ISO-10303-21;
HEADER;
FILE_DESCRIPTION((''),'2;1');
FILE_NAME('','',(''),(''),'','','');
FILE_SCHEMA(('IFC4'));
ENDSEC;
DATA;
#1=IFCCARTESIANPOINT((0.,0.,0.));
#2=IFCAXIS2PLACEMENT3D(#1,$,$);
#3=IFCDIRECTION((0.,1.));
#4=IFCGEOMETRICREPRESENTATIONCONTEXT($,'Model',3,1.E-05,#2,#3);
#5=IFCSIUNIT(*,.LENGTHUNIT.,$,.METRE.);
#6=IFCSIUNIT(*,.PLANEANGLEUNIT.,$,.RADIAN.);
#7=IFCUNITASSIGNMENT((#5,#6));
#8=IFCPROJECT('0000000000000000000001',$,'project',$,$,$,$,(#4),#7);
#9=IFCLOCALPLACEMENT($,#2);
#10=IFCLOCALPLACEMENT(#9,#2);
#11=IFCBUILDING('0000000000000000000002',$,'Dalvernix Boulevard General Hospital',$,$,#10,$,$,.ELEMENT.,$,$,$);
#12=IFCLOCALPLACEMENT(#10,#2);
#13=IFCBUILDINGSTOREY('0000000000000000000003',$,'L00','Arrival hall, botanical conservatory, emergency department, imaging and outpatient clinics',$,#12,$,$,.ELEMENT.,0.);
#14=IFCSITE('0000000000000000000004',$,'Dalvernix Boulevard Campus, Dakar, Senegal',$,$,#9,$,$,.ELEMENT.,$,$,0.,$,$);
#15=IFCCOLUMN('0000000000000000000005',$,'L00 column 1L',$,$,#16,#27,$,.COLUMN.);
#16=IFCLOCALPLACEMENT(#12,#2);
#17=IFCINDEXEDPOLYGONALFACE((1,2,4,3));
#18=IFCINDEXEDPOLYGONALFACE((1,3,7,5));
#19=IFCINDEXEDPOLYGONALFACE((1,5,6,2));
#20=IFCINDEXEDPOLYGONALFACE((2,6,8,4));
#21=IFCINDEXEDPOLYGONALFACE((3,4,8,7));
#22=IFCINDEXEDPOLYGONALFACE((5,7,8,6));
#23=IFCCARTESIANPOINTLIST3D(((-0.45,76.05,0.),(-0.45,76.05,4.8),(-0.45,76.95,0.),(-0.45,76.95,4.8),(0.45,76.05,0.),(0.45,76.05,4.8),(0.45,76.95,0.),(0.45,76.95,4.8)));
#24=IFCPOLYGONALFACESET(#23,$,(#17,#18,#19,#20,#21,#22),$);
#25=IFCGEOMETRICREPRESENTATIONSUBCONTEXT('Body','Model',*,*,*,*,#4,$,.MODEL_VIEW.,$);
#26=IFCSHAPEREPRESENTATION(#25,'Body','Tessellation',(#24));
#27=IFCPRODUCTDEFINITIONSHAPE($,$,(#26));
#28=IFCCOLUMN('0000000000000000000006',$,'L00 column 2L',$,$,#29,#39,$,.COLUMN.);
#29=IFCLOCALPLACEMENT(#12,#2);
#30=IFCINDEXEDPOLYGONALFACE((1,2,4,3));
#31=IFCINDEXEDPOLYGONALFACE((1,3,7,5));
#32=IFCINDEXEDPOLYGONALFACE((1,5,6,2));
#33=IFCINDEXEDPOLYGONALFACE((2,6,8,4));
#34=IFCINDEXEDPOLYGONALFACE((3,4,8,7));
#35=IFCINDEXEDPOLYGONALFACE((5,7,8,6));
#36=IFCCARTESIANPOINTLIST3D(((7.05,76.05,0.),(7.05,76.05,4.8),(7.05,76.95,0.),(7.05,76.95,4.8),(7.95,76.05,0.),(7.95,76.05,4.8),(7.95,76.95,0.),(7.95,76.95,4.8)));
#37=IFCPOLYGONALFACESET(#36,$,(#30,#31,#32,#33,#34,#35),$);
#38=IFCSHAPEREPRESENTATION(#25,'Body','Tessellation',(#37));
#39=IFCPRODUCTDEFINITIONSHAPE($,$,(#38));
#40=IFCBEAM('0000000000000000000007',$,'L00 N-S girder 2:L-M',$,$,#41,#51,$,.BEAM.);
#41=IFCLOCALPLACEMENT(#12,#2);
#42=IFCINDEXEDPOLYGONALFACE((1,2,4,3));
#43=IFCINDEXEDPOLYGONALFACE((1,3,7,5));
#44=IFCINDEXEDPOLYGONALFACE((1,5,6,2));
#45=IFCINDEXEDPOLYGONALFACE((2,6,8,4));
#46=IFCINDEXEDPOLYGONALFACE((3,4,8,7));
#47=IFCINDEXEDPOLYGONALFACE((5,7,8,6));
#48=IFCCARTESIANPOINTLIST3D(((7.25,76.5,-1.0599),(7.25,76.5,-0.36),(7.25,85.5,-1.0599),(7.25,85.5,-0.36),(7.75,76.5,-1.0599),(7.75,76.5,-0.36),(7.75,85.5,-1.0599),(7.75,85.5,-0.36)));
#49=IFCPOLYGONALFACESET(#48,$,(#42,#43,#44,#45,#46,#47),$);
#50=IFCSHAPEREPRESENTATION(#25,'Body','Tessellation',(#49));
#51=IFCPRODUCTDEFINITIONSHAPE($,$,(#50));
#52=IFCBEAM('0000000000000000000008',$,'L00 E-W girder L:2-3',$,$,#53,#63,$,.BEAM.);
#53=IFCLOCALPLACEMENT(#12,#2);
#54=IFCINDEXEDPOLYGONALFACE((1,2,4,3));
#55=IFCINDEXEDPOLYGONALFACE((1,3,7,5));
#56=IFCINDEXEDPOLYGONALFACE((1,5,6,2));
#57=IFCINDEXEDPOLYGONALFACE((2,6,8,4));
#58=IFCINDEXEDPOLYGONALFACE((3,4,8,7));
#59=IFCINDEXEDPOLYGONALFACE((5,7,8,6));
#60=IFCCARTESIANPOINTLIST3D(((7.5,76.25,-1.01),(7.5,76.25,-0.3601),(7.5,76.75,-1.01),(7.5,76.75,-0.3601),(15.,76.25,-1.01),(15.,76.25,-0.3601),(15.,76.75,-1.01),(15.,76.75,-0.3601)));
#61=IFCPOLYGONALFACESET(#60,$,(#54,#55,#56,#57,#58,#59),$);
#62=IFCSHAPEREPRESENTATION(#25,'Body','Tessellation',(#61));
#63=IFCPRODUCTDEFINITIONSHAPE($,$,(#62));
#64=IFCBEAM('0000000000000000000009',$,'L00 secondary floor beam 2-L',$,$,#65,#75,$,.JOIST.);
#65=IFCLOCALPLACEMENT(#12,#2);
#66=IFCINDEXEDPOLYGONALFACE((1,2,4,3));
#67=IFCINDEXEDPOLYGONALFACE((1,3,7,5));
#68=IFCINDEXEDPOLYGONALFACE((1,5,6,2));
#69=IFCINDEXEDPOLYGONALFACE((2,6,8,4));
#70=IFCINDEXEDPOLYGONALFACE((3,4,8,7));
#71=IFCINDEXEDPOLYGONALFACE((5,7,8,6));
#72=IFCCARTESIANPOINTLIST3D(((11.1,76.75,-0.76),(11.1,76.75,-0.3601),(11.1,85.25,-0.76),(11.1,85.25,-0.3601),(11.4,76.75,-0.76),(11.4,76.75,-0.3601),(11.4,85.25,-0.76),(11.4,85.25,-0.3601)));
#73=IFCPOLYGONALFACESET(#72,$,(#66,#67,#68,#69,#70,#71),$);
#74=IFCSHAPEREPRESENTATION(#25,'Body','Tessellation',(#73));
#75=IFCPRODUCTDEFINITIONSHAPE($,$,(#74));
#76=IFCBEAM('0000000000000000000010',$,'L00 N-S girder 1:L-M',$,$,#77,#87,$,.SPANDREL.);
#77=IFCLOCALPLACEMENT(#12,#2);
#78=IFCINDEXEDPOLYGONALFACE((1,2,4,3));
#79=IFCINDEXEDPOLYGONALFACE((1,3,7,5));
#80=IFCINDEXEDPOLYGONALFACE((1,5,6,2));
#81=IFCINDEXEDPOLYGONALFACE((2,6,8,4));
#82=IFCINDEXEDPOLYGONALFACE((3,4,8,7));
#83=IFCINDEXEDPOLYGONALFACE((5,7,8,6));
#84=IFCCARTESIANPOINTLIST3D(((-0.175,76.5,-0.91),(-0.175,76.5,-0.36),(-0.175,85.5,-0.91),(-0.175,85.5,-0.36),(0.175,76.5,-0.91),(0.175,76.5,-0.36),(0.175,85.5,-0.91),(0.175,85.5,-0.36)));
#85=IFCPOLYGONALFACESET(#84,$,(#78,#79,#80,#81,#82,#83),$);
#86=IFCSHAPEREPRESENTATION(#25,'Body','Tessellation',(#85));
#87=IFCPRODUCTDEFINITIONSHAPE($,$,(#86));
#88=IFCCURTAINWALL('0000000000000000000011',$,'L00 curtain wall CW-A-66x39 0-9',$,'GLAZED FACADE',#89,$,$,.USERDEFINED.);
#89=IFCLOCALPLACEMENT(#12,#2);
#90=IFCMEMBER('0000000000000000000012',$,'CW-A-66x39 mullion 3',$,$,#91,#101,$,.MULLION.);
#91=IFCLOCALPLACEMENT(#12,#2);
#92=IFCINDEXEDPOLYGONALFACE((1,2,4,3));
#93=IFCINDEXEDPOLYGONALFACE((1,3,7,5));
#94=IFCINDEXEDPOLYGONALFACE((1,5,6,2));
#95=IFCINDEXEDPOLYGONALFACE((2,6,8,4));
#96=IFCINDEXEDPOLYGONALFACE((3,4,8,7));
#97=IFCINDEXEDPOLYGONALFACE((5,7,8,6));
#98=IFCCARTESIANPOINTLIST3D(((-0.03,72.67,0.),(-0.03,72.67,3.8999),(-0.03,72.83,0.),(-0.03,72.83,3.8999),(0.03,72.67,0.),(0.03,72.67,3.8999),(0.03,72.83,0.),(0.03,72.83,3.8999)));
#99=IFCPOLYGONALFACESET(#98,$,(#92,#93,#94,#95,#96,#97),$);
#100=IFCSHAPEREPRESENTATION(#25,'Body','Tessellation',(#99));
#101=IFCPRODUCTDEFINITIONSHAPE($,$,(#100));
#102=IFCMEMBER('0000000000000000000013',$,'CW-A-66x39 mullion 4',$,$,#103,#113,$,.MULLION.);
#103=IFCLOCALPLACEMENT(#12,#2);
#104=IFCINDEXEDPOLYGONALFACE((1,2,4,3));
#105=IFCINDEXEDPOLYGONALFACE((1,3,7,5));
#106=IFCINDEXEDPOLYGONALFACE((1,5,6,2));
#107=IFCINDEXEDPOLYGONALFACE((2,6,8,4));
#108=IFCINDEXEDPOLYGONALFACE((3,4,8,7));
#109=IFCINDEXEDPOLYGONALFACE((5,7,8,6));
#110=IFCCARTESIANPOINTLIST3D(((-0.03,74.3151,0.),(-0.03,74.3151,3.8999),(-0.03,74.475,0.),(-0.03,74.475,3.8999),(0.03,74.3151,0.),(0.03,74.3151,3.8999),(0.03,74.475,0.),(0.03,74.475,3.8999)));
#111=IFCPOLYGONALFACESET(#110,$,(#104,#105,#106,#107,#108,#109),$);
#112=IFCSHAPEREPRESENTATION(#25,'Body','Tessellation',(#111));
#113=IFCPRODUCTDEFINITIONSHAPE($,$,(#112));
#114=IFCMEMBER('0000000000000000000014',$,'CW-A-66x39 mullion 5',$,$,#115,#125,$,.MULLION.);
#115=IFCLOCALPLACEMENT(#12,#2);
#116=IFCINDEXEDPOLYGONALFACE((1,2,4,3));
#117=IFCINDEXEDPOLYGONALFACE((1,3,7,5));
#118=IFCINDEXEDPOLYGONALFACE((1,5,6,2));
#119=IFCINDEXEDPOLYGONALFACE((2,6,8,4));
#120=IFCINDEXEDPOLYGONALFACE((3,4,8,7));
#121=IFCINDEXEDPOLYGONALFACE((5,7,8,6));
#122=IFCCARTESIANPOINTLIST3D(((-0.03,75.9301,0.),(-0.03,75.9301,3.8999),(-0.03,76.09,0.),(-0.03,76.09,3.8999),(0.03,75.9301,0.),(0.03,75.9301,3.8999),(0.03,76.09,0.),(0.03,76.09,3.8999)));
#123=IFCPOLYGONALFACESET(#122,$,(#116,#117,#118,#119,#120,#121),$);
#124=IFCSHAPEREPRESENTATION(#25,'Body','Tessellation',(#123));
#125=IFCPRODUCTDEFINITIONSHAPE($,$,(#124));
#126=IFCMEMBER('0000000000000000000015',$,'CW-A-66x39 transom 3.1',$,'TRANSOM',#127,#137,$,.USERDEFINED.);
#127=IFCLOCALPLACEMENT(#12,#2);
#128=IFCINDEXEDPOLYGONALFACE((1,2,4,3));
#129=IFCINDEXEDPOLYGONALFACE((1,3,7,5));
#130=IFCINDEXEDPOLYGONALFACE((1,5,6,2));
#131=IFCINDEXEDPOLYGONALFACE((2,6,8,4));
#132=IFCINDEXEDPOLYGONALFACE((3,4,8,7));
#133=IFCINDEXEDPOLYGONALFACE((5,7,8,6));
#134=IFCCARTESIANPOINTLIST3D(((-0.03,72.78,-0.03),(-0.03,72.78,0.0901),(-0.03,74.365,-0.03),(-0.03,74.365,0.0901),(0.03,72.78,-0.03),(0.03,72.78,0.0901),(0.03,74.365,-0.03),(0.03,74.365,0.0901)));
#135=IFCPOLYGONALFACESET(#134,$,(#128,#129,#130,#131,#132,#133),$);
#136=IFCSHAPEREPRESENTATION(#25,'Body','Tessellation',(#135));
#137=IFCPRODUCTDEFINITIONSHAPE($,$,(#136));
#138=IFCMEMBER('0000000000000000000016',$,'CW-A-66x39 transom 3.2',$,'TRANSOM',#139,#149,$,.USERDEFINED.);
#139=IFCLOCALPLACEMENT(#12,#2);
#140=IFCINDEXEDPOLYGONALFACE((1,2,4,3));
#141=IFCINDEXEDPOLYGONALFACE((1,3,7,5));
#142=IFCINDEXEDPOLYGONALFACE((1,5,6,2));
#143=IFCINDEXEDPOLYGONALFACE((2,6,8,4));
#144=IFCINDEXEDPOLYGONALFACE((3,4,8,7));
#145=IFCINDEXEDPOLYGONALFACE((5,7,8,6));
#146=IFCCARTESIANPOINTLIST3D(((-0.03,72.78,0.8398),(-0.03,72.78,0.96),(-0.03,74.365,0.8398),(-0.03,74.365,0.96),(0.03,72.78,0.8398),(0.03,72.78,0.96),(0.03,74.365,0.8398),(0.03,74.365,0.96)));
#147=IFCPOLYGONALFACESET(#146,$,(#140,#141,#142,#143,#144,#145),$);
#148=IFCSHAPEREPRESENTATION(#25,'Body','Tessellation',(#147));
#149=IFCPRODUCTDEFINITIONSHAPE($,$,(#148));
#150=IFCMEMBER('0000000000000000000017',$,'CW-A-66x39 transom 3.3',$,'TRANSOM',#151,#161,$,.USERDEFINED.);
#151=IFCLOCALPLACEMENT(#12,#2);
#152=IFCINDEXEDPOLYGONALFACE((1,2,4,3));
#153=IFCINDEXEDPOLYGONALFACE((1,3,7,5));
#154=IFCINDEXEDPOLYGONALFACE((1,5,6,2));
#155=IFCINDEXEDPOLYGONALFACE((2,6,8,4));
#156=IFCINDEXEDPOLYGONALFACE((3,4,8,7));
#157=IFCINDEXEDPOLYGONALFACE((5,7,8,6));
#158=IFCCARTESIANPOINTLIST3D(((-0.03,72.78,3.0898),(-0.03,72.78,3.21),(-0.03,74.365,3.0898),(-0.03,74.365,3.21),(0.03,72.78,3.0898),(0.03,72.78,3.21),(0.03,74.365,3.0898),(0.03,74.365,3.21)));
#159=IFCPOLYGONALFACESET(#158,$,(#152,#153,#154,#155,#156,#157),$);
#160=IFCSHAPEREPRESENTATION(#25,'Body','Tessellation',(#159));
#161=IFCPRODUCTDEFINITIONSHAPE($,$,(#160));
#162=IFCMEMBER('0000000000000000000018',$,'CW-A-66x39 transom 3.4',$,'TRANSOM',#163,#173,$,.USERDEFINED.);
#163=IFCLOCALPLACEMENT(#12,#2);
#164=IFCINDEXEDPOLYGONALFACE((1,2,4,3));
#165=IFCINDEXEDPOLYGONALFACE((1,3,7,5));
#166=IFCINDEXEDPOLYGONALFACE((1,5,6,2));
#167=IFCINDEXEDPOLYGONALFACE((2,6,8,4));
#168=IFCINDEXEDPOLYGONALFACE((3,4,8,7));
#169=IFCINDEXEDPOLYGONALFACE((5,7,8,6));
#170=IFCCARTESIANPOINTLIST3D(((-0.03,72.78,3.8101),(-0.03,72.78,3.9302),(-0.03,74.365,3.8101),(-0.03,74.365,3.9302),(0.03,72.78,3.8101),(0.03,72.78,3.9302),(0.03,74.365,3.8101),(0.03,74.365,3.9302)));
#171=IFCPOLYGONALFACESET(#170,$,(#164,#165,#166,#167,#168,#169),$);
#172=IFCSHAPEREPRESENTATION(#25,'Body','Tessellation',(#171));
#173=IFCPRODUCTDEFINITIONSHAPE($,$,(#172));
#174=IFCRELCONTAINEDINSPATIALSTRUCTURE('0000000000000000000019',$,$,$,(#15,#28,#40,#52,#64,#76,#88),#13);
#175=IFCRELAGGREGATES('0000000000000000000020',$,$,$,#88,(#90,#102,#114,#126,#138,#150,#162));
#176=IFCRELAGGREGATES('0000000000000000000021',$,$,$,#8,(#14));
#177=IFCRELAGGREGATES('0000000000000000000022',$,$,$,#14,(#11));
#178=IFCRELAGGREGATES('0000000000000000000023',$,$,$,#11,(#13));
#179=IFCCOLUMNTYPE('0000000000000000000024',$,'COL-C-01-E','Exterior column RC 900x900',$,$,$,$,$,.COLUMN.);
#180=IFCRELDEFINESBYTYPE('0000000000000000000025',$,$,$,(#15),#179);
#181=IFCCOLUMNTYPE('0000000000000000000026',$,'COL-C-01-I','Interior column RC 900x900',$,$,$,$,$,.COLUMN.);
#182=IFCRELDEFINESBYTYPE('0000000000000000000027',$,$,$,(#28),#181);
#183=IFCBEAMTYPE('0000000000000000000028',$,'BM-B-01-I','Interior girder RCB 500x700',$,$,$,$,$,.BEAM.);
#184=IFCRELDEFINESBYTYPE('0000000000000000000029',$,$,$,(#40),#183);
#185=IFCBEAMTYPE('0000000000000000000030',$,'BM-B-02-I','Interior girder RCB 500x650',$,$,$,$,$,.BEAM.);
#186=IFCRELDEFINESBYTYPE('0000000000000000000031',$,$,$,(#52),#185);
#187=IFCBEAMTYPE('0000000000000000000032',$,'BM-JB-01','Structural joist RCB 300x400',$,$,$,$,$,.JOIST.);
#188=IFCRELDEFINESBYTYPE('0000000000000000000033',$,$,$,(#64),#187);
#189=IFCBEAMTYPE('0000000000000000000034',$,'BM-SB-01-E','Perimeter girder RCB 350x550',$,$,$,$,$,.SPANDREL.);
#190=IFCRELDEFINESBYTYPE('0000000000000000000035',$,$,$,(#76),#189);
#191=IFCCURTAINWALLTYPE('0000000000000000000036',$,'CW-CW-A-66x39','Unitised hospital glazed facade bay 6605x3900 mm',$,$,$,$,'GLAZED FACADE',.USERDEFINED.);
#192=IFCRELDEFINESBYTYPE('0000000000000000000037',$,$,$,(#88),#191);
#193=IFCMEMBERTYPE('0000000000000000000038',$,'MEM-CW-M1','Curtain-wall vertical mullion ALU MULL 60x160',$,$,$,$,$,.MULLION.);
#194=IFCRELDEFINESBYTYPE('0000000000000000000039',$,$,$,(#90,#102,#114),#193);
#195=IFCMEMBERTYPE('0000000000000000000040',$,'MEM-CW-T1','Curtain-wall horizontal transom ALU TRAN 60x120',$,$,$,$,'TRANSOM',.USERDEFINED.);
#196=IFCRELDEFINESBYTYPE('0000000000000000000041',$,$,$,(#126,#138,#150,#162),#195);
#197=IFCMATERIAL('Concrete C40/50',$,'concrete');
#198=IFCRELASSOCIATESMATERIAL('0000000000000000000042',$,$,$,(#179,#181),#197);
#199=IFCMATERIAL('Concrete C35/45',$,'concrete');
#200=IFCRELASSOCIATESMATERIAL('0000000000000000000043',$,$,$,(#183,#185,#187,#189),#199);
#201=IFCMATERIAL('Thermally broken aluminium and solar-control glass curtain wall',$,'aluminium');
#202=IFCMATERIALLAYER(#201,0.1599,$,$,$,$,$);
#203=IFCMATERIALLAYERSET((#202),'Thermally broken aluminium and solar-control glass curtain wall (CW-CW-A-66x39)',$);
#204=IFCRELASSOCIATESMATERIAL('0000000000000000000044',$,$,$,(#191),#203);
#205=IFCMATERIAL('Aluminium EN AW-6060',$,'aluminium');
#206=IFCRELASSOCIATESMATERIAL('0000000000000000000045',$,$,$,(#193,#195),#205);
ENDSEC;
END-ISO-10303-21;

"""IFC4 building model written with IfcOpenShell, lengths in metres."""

from ifc_helpers import new_model, si_unit, direction, frame, origin, origin_2d, place, context, subcontext, project, spatial, rectangle, extrude, material, layer, layer_set, material_profile, profile_set, type_object, element, aggregate, save


model = new_model("IFC4")

# Units and contexts
model_context = context("Model", 3, precision=1e-05, world=origin(), true_north=direction((0.0, 1.0)))
body_context = subcontext(model_context, "Body", "Model", "MODEL_VIEW")
ifc_project = project(units=[si_unit("LENGTHUNIT", "METRE"), si_unit("PLANEANGLEUNIT", "RADIAN")], contexts=[model_context])

# Site, building, storey
site_placement = place(None, origin())
site = spatial("IfcSite", under=ifc_project, at=site_placement, Name="Dalvernix Boulevard Campus, Dakar, Senegal", CompositionType="ELEMENT", RefElevation=0.0)
building_placement = place(site_placement, origin())
building = spatial("IfcBuilding", under=site, at=building_placement, Name="Dalvernix Boulevard General Hospital", CompositionType="ELEMENT")
storey_placement = place(building_placement, origin())
storey = spatial("IfcBuildingStorey", under=building, at=storey_placement, Name="L00", Description="Arrival hall, botanical conservatory, emergency department, imaging and outpatient clinics", CompositionType="ELEMENT", Elevation=0.0)

# Columns
ifc_material_1 = material(Name="Concrete C40/50", Category="concrete")
ifc_material_profile_1 = material_profile(ifc_material_1, rectangle(XDim=0.8999, YDim=0.8999, at=origin_2d()), Name="RC 900x900")
ifc_profile_set_1 = profile_set([ifc_material_profile_1], Name="Concrete C40/50")
column_type_1 = type_object("IfcColumnType", Name="COL-C-01-E", Description="Exterior column RC 900x900", PredefinedType="COLUMN", material=ifc_profile_set_1)
column_1_placement = place(storey_placement, frame((0.0, 76.5, 0.0), z_axis=(0.0, 0.0, 1.0), x_axis=(1.0, 0.0, 0.0)))
element("IfcColumn", 1, at=column_1_placement, inside=storey, type_object=column_type_1, Name="L00 column 1L", PredefinedType="COLUMN", context=body_context, shape_type="SweptSolid", body=[
    extrude(rectangle(XDim=0.8999, YDim=0.8999, at=origin_2d()), origin(), (0.0, 0.0, 1.0), 4.8),
])
ifc_material_profile_2 = material_profile(ifc_material_1, rectangle(XDim=0.8999, YDim=0.8999, at=origin_2d()), Name="RC 900x900")
ifc_profile_set_2 = profile_set([ifc_material_profile_2], Name="Concrete C40/50")
column_type_2 = type_object("IfcColumnType", Name="COL-C-01-I", Description="Interior column RC 900x900", PredefinedType="COLUMN", material=ifc_profile_set_2)
column_2_placement = place(storey_placement, frame((7.5, 76.5, 0.0), z_axis=(0.0, 0.0, 1.0), x_axis=(1.0, 0.0, 0.0)))
element("IfcColumn", 2, at=column_2_placement, inside=storey, type_object=column_type_2, Name="L00 column 2L", PredefinedType="COLUMN", context=body_context, shape_type="SweptSolid", body=[
    extrude(rectangle(XDim=0.8999, YDim=0.8999, at=origin_2d()), origin(), (0.0, 0.0, 1.0), 4.8),
])

# Beams
ifc_material_2 = material(Name="Concrete C35/45", Category="concrete")
ifc_material_profile_3 = material_profile(ifc_material_2, rectangle(XDim=0.5, YDim=0.7, at=origin_2d()), Name="RCB 500x700")
ifc_profile_set_3 = profile_set([ifc_material_profile_3], Name="Concrete C35/45")
beam_type_1 = type_object("IfcBeamType", Name="BM-B-01-I", Description="Interior girder RCB 500x700", PredefinedType="BEAM", material=ifc_profile_set_3)
beam_1_placement = place(storey_placement, frame((7.5, 76.5, -0.71), z_axis=(0.0, 1.0, 0.0), x_axis=(-1.0, 0.0, 0.0)))
element("IfcBeam", 3, at=beam_1_placement, inside=storey, type_object=beam_type_1, Name="L00 N-S girder 2:L-M", PredefinedType="BEAM", context=body_context, shape_type="SweptSolid", body=[
    extrude(rectangle(XDim=0.5, YDim=0.7, at=origin_2d()), origin(), (0.0, 0.0, 1.0), 9.0),
])
ifc_material_profile_4 = material_profile(ifc_material_2, rectangle(XDim=0.5, YDim=0.6499, at=origin_2d()), Name="RCB 500x650")
ifc_profile_set_4 = profile_set([ifc_material_profile_4], Name="Concrete C35/45")
beam_type_2 = type_object("IfcBeamType", Name="BM-B-02-I", Description="Interior girder RCB 500x650", PredefinedType="BEAM", material=ifc_profile_set_4)
beam_2_placement = place(storey_placement, frame((7.5, 76.5, -0.6851), z_axis=(1.0, 0.0, 0.0), x_axis=(0.0, 1.0, 0.0)))
element("IfcBeam", 4, at=beam_2_placement, inside=storey, type_object=beam_type_2, Name="L00 E-W girder L:2-3", PredefinedType="BEAM", context=body_context, shape_type="SweptSolid", body=[
    extrude(rectangle(XDim=0.5, YDim=0.6499, at=origin_2d()), origin(), (0.0, 0.0, 1.0), 7.5),
])
ifc_material_profile_5 = material_profile(ifc_material_2, rectangle(XDim=0.3, YDim=0.3999, at=origin_2d()), Name="RCB 300x400")
ifc_profile_set_5 = profile_set([ifc_material_profile_5], Name="Concrete C35/45")
beam_type_3 = type_object("IfcBeamType", Name="BM-JB-01", Description="Structural joist RCB 300x400", PredefinedType="JOIST", material=ifc_profile_set_5)
beam_3_placement = place(storey_placement, frame((11.25, 76.75, -0.5601), z_axis=(0.0, 1.0, 0.0), x_axis=(-1.0, 0.0, 0.0)))
element("IfcBeam", 5, at=beam_3_placement, inside=storey, type_object=beam_type_3, Name="L00 secondary floor beam 2-L", PredefinedType="JOIST", context=body_context, shape_type="SweptSolid", body=[
    extrude(rectangle(XDim=0.3, YDim=0.3999, at=origin_2d()), origin(), (0.0, 0.0, 1.0), 8.5),
])
ifc_material_profile_6 = material_profile(ifc_material_2, rectangle(XDim=0.3501, YDim=0.55, at=origin_2d()), Name="RCB 350x550")
ifc_profile_set_6 = profile_set([ifc_material_profile_6], Name="Concrete C35/45")
beam_type_4 = type_object("IfcBeamType", Name="BM-SB-01-E", Description="Perimeter girder RCB 350x550", PredefinedType="SPANDREL", material=ifc_profile_set_6)
beam_4_placement = place(storey_placement, frame((0.0, 76.5, -0.635), z_axis=(0.0, 1.0, 0.0), x_axis=(-1.0, 0.0, 0.0)))
element("IfcBeam", 6, at=beam_4_placement, inside=storey, type_object=beam_type_4, Name="L00 N-S girder 1:L-M", PredefinedType="SPANDREL", context=body_context, shape_type="SweptSolid", body=[
    extrude(rectangle(XDim=0.3501, YDim=0.55, at=origin_2d()), origin(), (0.0, 0.0, 1.0), 9.0),
])

# Curtain wall, members
ifc_material_3 = material(Name="Thermally broken aluminium and solar-control glass curtain wall", Category="aluminium")
ifc_layer_1 = layer(ifc_material_3, 0.1599)
ifc_layer_set_1 = layer_set([ifc_layer_1], Name="Thermally broken aluminium and solar-control glass curtain wall (CW-CW-A-66x39)")
curtain_wall_type = type_object("IfcCurtainWallType", Name="CW-CW-A-66x39", Description="Unitised hospital glazed facade bay 6605x3900 mm", ElementType="GLAZED FACADE", PredefinedType="USERDEFINED", material=ifc_layer_set_1)
curtain_wall_placement = place(storey_placement, origin())
curtain_wall = element("IfcCurtainWall", 7, at=curtain_wall_placement, inside=storey, type_object=curtain_wall_type, Name="L00 curtain wall CW-A-66x39 0-9", ObjectType="GLAZED FACADE", PredefinedType="USERDEFINED")
ifc_material_4 = material(Name="Aluminium EN AW-6060", Category="aluminium")
ifc_material_profile_7 = material_profile(ifc_material_4, rectangle(XDim=0.0601, YDim=0.1599, at=origin_2d()), Name="ALU MULL 60x160")
ifc_profile_set_7 = profile_set([ifc_material_profile_7], Name="Aluminium EN AW-6060")
member_type_1 = type_object("IfcMemberType", Name="MEM-CW-M1", Description="Curtain-wall vertical mullion ALU MULL 60x160", PredefinedType="MULLION", material=ifc_profile_set_7)
member_1_placement = place(storey_placement, frame((0.0, 72.75, 0.0), z_axis=(0.0, 0.0, 1.0), x_axis=(-1.0, 0.0, 0.0)))
member_1 = element("IfcMember", 8, at=member_1_placement, type_object=member_type_1, Name="CW-A-66x39 mullion 3", PredefinedType="MULLION", context=body_context, shape_type="SweptSolid", body=[
    extrude(rectangle(XDim=0.0601, YDim=0.1599, at=origin_2d()), origin(), (0.0, 0.0, 1.0), 3.8999),
])
member_2_placement = place(storey_placement, frame((0.0, 74.395, 0.0), z_axis=(0.0, 0.0, 1.0), x_axis=(-1.0, 0.0, 0.0)))
member_2 = element("IfcMember", 9, at=member_2_placement, type_object=member_type_1, Name="CW-A-66x39 mullion 4", PredefinedType="MULLION", context=body_context, shape_type="SweptSolid", body=[
    extrude(rectangle(XDim=0.0601, YDim=0.1599, at=origin_2d()), origin(), (0.0, 0.0, 1.0), 3.8999),
])
member_3_placement = place(storey_placement, frame((0.0, 76.01, 0.0), z_axis=(0.0, 0.0, 1.0), x_axis=(-1.0, 0.0, 0.0)))
member_3 = element("IfcMember", 10, at=member_3_placement, type_object=member_type_1, Name="CW-A-66x39 mullion 5", PredefinedType="MULLION", context=body_context, shape_type="SweptSolid", body=[
    extrude(rectangle(XDim=0.0601, YDim=0.1599, at=origin_2d()), origin(), (0.0, 0.0, 1.0), 3.8999),
])
ifc_material_profile_8 = material_profile(ifc_material_4, rectangle(XDim=0.0601, YDim=0.1201, at=origin_2d()), Name="ALU TRAN 60x120")
ifc_profile_set_8 = profile_set([ifc_material_profile_8], Name="Aluminium EN AW-6060")
member_type_2 = type_object("IfcMemberType", Name="MEM-CW-T1", Description="Curtain-wall horizontal transom ALU TRAN 60x120", ElementType="TRANSOM", PredefinedType="USERDEFINED", material=ifc_profile_set_8)
member_4_placement = place(storey_placement, frame((0.0, 72.78, 0.03), z_axis=(0.0, 1.0, 0.0), x_axis=(-1.0, 0.0, 0.0)))
member_4 = element("IfcMember", 11, at=member_4_placement, type_object=member_type_2, Name="CW-A-66x39 transom 3.1", ObjectType="TRANSOM", PredefinedType="USERDEFINED", context=body_context, shape_type="SweptSolid", body=[
    extrude(rectangle(XDim=0.0601, YDim=0.1201, at=origin_2d()), origin(), (0.0, 0.0, 1.0), 1.585),
])
member_5_placement = place(storey_placement, frame((0.0, 72.78, 0.8999), z_axis=(0.0, 1.0, 0.0), x_axis=(-1.0, 0.0, 0.0)))
member_5 = element("IfcMember", 12, at=member_5_placement, type_object=member_type_2, Name="CW-A-66x39 transom 3.2", ObjectType="TRANSOM", PredefinedType="USERDEFINED", context=body_context, shape_type="SweptSolid", body=[
    extrude(rectangle(XDim=0.0601, YDim=0.1201, at=origin_2d()), origin(), (0.0, 0.0, 1.0), 1.585),
])
member_6_placement = place(storey_placement, frame((0.0, 72.78, 3.1499), z_axis=(0.0, 1.0, 0.0), x_axis=(-1.0, 0.0, 0.0)))
member_6 = element("IfcMember", 13, at=member_6_placement, type_object=member_type_2, Name="CW-A-66x39 transom 3.3", ObjectType="TRANSOM", PredefinedType="USERDEFINED", context=body_context, shape_type="SweptSolid", body=[
    extrude(rectangle(XDim=0.0601, YDim=0.1201, at=origin_2d()), origin(), (0.0, 0.0, 1.0), 1.585),
])
member_7_placement = place(storey_placement, frame((0.0, 72.78, 3.8701), z_axis=(0.0, 1.0, 0.0), x_axis=(-1.0, 0.0, 0.0)))
member_7 = element("IfcMember", 14, at=member_7_placement, type_object=member_type_2, Name="CW-A-66x39 transom 3.4", ObjectType="TRANSOM", PredefinedType="USERDEFINED", context=body_context, shape_type="SweptSolid", body=[
    extrude(rectangle(XDim=0.0601, YDim=0.1201, at=origin_2d()), origin(), (0.0, 0.0, 1.0), 1.585),
])
aggregate(curtain_wall, [member_1, member_2, member_3, member_4, member_5, member_6, member_7])

save(model, "model.ifc")
